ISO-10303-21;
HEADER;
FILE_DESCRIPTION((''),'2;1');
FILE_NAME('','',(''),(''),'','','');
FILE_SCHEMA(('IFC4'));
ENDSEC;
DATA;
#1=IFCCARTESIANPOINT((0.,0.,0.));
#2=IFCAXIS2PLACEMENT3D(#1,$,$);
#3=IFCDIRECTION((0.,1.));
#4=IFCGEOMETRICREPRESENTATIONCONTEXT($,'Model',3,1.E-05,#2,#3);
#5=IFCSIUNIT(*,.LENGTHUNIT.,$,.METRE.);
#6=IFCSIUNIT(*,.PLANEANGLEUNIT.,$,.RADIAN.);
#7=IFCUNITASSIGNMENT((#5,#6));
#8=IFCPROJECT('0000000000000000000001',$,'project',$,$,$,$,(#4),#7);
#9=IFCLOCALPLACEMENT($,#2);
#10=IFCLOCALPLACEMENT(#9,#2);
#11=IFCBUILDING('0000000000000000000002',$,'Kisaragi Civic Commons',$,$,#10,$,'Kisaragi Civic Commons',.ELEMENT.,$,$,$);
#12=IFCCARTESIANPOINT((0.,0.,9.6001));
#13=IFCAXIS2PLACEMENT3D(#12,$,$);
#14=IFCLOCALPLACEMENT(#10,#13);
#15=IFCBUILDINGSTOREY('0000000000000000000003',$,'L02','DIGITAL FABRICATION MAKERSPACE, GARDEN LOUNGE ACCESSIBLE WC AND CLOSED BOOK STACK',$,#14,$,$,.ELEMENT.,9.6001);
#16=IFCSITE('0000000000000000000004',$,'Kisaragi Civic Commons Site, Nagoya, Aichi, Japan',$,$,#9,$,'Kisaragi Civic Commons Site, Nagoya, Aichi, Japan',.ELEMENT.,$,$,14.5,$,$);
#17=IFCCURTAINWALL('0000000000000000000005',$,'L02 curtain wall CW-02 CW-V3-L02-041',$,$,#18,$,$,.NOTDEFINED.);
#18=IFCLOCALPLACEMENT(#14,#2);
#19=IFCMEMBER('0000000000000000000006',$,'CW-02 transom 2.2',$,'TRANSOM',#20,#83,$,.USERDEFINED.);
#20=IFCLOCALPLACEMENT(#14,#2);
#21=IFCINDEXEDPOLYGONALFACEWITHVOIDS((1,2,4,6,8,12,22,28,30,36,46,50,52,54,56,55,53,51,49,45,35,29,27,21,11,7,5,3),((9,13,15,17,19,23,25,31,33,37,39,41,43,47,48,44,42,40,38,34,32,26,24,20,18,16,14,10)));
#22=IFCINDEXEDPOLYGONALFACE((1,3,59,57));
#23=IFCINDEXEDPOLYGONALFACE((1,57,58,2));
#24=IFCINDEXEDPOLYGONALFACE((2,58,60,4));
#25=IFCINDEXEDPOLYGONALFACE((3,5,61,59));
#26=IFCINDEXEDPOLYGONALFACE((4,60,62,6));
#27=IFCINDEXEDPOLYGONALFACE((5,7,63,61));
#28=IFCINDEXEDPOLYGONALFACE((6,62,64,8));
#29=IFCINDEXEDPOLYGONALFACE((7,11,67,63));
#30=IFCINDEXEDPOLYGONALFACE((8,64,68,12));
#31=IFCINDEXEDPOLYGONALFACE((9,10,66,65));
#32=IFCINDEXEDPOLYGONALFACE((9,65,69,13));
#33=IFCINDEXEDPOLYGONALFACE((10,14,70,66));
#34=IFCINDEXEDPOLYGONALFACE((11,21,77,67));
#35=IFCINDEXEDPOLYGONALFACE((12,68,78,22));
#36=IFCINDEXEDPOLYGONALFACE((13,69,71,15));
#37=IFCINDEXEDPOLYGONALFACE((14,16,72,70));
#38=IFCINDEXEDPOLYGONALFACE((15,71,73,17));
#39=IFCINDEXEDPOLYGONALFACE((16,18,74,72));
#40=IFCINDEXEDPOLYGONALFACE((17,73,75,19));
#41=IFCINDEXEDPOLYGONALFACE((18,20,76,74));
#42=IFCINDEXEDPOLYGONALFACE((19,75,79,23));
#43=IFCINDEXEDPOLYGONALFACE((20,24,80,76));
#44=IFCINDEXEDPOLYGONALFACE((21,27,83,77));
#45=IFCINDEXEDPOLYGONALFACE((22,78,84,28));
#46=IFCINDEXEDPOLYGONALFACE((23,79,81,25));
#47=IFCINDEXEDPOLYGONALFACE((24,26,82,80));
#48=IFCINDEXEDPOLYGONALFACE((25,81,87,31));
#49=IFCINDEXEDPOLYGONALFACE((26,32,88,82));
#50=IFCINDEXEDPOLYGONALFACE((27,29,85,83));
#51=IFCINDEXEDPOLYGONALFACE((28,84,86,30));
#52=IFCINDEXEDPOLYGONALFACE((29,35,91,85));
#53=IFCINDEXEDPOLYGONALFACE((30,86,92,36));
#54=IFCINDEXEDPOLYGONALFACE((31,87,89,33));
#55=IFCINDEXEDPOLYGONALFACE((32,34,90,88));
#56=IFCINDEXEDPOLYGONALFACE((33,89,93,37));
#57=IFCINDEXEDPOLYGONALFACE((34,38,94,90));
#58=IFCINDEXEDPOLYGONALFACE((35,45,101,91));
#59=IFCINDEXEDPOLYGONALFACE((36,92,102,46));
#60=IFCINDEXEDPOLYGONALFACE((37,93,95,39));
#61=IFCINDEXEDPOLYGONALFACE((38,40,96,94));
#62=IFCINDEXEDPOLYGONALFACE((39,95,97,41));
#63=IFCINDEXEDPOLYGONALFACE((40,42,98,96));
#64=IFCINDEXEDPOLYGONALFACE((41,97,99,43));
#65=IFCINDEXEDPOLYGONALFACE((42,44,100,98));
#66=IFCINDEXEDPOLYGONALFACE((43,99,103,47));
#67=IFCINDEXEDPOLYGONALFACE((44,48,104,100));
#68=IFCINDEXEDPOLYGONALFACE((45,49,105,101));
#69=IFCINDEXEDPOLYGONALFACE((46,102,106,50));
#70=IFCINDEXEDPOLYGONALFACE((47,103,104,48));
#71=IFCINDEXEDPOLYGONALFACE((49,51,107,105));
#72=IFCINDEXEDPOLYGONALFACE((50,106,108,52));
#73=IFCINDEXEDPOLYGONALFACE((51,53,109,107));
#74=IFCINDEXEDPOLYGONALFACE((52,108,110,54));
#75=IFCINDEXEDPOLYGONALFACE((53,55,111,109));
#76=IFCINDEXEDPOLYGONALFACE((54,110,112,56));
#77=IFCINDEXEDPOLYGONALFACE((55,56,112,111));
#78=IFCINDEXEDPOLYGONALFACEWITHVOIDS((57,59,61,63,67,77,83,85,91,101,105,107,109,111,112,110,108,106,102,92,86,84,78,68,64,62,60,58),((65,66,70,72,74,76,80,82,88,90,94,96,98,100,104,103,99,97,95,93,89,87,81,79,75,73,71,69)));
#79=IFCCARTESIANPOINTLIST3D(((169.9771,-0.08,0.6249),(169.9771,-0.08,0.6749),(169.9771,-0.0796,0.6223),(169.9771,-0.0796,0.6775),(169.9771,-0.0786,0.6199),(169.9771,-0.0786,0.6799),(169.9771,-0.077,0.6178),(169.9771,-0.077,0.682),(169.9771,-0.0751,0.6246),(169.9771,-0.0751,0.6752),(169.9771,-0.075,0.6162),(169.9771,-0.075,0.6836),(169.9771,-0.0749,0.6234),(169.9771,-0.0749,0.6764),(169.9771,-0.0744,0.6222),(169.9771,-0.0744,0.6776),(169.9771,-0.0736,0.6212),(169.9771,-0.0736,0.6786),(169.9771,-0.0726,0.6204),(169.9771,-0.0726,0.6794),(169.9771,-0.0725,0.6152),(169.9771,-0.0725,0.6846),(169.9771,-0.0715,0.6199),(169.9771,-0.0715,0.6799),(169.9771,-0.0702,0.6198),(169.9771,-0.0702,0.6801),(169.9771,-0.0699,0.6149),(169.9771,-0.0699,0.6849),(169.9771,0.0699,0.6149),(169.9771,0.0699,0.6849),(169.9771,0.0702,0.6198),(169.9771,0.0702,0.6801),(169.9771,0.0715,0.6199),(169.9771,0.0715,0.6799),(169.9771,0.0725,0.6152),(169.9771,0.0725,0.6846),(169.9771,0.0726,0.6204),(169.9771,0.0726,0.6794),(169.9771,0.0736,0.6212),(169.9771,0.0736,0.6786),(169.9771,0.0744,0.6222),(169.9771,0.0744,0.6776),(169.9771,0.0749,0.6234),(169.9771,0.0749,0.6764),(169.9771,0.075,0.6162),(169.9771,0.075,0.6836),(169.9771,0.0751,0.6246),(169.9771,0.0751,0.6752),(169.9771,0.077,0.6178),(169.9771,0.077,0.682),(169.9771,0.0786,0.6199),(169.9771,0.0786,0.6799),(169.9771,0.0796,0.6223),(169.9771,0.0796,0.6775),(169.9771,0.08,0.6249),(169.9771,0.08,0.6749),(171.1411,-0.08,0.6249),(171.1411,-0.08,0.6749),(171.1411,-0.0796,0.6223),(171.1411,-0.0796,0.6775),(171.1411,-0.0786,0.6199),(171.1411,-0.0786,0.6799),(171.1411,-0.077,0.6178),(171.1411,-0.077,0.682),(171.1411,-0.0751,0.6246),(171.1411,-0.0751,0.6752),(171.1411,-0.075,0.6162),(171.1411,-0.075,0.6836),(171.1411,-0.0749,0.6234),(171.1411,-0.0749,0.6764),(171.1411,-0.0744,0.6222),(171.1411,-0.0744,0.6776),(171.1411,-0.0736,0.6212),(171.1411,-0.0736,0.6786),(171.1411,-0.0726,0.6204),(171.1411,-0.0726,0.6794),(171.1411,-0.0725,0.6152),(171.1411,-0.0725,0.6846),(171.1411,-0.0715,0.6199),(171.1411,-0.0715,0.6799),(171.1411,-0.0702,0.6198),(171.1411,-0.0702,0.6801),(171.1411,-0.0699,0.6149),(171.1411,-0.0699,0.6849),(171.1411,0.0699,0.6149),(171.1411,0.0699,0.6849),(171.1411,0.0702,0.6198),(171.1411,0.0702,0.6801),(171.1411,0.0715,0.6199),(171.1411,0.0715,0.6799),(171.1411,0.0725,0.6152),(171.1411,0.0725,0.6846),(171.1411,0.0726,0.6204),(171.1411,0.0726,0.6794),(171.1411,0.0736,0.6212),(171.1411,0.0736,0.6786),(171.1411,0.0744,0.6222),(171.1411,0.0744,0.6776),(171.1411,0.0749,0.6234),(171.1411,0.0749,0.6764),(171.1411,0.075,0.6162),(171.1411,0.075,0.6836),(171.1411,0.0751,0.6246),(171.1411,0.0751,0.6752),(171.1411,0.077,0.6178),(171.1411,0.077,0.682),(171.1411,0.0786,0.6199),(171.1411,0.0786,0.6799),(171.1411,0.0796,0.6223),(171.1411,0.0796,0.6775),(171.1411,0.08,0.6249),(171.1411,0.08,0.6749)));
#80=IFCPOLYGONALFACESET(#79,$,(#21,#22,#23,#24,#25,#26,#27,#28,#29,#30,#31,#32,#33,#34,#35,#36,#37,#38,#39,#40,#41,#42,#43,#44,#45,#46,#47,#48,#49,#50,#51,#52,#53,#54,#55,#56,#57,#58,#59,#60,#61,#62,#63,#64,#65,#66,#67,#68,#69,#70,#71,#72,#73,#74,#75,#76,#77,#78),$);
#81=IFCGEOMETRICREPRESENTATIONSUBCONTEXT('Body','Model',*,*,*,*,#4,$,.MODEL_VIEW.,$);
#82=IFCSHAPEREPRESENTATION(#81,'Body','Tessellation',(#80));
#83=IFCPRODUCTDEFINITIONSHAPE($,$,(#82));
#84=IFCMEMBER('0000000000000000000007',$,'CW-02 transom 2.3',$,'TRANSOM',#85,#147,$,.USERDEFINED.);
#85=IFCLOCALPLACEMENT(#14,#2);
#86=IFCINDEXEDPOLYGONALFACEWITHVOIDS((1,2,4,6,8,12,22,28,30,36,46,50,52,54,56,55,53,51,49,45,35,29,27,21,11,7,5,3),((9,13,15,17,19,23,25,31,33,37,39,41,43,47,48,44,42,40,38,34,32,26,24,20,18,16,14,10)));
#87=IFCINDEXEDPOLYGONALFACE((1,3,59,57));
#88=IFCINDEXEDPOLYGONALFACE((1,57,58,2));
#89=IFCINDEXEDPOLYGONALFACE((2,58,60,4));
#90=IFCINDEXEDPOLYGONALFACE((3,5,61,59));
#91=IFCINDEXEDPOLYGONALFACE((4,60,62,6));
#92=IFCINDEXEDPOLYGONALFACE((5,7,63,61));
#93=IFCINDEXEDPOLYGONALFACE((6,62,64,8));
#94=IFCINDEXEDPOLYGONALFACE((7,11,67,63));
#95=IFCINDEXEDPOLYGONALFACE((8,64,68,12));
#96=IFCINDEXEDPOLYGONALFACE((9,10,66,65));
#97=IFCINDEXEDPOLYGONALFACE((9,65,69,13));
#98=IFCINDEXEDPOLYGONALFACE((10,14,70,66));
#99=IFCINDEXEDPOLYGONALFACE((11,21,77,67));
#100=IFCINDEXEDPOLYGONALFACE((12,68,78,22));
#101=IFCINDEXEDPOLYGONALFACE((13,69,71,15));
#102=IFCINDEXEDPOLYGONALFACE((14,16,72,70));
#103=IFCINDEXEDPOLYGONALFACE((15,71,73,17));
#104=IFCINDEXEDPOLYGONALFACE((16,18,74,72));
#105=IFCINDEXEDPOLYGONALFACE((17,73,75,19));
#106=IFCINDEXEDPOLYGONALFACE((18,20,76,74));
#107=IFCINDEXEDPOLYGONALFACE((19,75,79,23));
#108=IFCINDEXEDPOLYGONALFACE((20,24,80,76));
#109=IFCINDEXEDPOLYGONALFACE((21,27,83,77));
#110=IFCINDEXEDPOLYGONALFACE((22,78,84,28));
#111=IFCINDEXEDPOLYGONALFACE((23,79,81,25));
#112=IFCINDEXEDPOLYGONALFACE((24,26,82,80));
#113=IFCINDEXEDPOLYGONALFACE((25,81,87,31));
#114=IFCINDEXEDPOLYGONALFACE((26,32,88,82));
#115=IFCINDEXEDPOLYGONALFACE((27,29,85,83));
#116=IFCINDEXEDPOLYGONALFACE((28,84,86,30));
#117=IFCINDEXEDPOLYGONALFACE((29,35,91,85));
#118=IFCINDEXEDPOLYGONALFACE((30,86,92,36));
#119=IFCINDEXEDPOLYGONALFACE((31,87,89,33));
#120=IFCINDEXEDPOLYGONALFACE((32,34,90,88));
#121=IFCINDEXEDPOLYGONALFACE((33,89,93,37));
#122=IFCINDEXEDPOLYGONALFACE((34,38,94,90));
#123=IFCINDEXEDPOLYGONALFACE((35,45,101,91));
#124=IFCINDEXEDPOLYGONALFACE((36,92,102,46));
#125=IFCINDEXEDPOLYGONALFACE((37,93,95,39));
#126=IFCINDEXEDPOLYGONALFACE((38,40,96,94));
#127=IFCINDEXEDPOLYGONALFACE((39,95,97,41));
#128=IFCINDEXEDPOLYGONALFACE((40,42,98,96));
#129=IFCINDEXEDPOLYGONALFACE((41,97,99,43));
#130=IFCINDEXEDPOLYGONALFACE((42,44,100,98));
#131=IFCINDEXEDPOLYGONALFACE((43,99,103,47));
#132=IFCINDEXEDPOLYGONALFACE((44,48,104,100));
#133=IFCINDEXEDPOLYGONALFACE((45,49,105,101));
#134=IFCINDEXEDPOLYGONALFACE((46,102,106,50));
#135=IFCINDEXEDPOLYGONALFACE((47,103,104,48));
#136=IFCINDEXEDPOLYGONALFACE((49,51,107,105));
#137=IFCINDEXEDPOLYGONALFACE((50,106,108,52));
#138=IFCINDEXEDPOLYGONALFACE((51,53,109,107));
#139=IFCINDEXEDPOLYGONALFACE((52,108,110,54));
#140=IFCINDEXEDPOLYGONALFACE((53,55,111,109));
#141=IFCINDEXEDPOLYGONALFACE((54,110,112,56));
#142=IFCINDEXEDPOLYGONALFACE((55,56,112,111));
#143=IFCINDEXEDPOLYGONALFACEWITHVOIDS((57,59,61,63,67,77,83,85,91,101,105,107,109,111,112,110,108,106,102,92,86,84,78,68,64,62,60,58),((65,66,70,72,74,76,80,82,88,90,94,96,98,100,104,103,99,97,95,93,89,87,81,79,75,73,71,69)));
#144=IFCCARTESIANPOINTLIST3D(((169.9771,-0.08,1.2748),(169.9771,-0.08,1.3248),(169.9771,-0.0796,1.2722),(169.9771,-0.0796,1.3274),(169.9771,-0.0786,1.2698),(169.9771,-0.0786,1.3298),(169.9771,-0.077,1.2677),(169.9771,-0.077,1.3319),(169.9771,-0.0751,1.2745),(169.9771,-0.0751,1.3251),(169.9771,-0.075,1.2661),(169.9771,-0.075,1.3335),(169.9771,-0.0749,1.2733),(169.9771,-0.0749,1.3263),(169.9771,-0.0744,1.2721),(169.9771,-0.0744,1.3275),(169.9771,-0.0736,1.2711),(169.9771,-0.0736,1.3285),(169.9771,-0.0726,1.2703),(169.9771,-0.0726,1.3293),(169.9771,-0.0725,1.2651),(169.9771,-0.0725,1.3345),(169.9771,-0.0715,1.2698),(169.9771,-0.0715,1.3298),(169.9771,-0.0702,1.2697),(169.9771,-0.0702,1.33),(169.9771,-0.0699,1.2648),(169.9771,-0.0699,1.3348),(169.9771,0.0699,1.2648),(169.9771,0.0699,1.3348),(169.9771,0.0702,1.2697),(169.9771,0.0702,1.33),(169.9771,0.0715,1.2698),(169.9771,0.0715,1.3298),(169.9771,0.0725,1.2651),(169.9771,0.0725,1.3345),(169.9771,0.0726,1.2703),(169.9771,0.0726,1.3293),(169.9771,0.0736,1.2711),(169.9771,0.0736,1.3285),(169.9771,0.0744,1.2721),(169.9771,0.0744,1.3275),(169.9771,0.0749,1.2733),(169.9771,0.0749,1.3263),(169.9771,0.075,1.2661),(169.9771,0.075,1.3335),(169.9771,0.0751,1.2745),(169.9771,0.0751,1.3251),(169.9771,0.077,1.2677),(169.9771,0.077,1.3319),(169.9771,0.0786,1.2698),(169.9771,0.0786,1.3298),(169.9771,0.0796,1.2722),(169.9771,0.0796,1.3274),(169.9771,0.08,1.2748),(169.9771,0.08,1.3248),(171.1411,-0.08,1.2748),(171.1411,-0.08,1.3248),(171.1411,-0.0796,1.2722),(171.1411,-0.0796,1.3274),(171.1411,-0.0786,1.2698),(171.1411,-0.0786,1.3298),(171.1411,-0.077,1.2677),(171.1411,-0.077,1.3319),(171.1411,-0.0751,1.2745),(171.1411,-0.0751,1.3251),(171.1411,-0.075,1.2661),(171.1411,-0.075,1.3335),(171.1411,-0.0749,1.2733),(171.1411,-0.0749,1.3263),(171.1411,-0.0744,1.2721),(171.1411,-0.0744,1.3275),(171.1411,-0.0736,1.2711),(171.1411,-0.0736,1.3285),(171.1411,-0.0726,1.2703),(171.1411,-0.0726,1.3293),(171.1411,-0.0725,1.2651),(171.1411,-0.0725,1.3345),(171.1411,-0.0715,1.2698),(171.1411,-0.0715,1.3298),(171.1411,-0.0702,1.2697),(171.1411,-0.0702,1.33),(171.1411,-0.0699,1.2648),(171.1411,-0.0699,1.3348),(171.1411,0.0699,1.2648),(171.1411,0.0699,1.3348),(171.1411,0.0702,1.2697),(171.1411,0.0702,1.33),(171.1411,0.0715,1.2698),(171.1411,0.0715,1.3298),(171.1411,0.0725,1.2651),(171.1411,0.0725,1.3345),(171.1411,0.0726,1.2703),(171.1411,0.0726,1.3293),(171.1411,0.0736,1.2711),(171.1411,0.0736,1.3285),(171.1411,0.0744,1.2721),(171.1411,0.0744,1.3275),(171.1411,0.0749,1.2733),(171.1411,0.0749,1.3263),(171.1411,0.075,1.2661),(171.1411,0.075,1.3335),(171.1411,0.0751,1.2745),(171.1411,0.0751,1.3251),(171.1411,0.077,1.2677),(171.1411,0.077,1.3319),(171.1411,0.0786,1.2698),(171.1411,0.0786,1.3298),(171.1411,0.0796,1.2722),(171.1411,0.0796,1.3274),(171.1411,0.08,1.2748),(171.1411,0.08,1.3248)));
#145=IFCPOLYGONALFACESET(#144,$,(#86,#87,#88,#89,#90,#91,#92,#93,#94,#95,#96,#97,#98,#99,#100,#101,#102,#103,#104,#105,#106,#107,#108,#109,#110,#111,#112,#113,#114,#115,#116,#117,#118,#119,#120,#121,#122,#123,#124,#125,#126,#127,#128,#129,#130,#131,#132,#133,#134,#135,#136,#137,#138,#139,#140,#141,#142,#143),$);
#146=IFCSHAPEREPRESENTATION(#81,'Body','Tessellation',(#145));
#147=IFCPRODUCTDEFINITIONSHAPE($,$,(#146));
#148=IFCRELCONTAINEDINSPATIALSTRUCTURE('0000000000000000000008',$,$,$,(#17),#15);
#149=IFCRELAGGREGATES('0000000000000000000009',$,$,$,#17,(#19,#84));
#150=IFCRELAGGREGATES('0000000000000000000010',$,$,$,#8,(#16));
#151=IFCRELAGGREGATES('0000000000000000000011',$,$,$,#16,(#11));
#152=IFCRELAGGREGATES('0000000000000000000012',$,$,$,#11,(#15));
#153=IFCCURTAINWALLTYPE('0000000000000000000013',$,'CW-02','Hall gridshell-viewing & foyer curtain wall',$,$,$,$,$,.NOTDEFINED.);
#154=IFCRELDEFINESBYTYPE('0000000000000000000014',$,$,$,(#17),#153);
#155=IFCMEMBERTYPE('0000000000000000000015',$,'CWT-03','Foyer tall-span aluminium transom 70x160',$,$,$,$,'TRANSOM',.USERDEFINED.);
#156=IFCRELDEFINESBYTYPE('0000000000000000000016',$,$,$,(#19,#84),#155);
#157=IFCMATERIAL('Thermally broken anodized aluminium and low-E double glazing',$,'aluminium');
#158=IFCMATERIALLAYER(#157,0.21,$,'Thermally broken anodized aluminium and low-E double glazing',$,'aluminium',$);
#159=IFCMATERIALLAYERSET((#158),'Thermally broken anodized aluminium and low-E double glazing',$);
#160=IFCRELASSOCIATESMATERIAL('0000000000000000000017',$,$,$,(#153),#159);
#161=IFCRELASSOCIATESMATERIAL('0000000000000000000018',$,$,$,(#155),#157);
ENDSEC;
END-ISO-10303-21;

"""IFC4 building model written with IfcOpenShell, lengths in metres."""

from ifc_helpers import new_model, si_unit, direction, frame, origin, origin_2d, place, context, subcontext, project, spatial, hollow_rectangle, extrude, material, layer, layer_set, material_profile, profile_set, type_object, element, aggregate, save


model = new_model("IFC4")

# Units and contexts
model_context = context("Model", 3, precision=1e-05, world=origin(), true_north=direction((0.0, 1.0)))
body_context = subcontext(model_context, "Body", "Model", "MODEL_VIEW")
ifc_project = project(units=[si_unit("LENGTHUNIT", "METRE"), si_unit("PLANEANGLEUNIT", "RADIAN")], contexts=[model_context])

# Site, building, storey
site_placement = place(None, origin())
site = spatial("IfcSite", under=ifc_project, at=site_placement, Name="Kisaragi Civic Commons Site, Nagoya, Aichi, Japan", LongName="Kisaragi Civic Commons Site, Nagoya, Aichi, Japan", CompositionType="ELEMENT", RefElevation=14.5)
building_placement = place(site_placement, origin())
building = spatial("IfcBuilding", under=site, at=building_placement, Name="Kisaragi Civic Commons", LongName="Kisaragi Civic Commons", CompositionType="ELEMENT")
storey_placement = place(building_placement, frame((0.0, 0.0, 9.6001)))
storey = spatial("IfcBuildingStorey", under=building, at=storey_placement, Name="L02", Description="DIGITAL FABRICATION MAKERSPACE, GARDEN LOUNGE ACCESSIBLE WC AND CLOSED BOOK STACK", CompositionType="ELEMENT", Elevation=9.6001)

# Curtain wall, members
ifc_material_1 = material(Name="Thermally broken anodized aluminium and low-E double glazing", Category="aluminium")
ifc_layer_1 = layer(ifc_material_1, 0.21, Name="Thermally broken anodized aluminium and low-E double glazing", Category="aluminium")
ifc_layer_set_1 = layer_set([ifc_layer_1], Name="Thermally broken anodized aluminium and low-E double glazing")
curtain_wall_type = type_object("IfcCurtainWallType", Name="CW-02", Description="Hall gridshell-viewing & foyer curtain wall", PredefinedType="NOTDEFINED", material=ifc_layer_set_1)
curtain_wall_placement = place(storey_placement, origin())
curtain_wall = element("IfcCurtainWall", 1, at=curtain_wall_placement, inside=storey, type_object=curtain_wall_type, Name="L02 curtain wall CW-02 CW-V3-L02-041", PredefinedType="NOTDEFINED")
ifc_material_profile_1 = material_profile(ifc_material_1, hollow_rectangle(XDim=0.1599, YDim=0.0701, WallThickness=0.0049, InnerFilletRadius=0.0049, OuterFilletRadius=0.01, at=origin_2d()), Name="CWT-70x160x5", Category="aluminium")
ifc_profile_set_1 = profile_set([ifc_material_profile_1], Name="Thermally broken anodized aluminium and low-E double glazing")
member_type_1 = type_object("IfcMemberType", Name="CWT-03", Description="Foyer tall-span aluminium transom 70x160", ElementType="TRANSOM", PredefinedType="USERDEFINED", material=ifc_profile_set_1)
member_1_placement = place(storey_placement, frame((171.1411, 0.0, 0.6499), z_axis=(-1.0, 0.0, 0.0), x_axis=(0.0, -1.0, 0.0)))
member_1 = element("IfcMember", 2, at=member_1_placement, type_object=member_type_1, Name="CW-02 transom 2.2", ObjectType="TRANSOM", PredefinedType="USERDEFINED", context=body_context, shape_type="SweptSolid", body=[
    extrude(hollow_rectangle(XDim=0.1599, YDim=0.0701, WallThickness=0.0049, InnerFilletRadius=0.0049, OuterFilletRadius=0.01, at=origin_2d()), origin(), (0.0, 0.0, 1.0), 1.1641),
])
member_2_placement = place(storey_placement, frame((171.1411, 0.0, 1.2998), z_axis=(-1.0, 0.0, 0.0), x_axis=(0.0, -1.0, 0.0)))
member_2 = element("IfcMember", 3, at=member_2_placement, type_object=member_type_1, Name="CW-02 transom 2.3", ObjectType="TRANSOM", PredefinedType="USERDEFINED", context=body_context, shape_type="SweptSolid", body=[
    extrude(hollow_rectangle(XDim=0.1599, YDim=0.0701, WallThickness=0.0049, InnerFilletRadius=0.0049, OuterFilletRadius=0.01, at=origin_2d()), origin(), (0.0, 0.0, 1.0), 1.1641),
])
aggregate(curtain_wall, [member_1, member_2])

save(model, "model.ifc")
